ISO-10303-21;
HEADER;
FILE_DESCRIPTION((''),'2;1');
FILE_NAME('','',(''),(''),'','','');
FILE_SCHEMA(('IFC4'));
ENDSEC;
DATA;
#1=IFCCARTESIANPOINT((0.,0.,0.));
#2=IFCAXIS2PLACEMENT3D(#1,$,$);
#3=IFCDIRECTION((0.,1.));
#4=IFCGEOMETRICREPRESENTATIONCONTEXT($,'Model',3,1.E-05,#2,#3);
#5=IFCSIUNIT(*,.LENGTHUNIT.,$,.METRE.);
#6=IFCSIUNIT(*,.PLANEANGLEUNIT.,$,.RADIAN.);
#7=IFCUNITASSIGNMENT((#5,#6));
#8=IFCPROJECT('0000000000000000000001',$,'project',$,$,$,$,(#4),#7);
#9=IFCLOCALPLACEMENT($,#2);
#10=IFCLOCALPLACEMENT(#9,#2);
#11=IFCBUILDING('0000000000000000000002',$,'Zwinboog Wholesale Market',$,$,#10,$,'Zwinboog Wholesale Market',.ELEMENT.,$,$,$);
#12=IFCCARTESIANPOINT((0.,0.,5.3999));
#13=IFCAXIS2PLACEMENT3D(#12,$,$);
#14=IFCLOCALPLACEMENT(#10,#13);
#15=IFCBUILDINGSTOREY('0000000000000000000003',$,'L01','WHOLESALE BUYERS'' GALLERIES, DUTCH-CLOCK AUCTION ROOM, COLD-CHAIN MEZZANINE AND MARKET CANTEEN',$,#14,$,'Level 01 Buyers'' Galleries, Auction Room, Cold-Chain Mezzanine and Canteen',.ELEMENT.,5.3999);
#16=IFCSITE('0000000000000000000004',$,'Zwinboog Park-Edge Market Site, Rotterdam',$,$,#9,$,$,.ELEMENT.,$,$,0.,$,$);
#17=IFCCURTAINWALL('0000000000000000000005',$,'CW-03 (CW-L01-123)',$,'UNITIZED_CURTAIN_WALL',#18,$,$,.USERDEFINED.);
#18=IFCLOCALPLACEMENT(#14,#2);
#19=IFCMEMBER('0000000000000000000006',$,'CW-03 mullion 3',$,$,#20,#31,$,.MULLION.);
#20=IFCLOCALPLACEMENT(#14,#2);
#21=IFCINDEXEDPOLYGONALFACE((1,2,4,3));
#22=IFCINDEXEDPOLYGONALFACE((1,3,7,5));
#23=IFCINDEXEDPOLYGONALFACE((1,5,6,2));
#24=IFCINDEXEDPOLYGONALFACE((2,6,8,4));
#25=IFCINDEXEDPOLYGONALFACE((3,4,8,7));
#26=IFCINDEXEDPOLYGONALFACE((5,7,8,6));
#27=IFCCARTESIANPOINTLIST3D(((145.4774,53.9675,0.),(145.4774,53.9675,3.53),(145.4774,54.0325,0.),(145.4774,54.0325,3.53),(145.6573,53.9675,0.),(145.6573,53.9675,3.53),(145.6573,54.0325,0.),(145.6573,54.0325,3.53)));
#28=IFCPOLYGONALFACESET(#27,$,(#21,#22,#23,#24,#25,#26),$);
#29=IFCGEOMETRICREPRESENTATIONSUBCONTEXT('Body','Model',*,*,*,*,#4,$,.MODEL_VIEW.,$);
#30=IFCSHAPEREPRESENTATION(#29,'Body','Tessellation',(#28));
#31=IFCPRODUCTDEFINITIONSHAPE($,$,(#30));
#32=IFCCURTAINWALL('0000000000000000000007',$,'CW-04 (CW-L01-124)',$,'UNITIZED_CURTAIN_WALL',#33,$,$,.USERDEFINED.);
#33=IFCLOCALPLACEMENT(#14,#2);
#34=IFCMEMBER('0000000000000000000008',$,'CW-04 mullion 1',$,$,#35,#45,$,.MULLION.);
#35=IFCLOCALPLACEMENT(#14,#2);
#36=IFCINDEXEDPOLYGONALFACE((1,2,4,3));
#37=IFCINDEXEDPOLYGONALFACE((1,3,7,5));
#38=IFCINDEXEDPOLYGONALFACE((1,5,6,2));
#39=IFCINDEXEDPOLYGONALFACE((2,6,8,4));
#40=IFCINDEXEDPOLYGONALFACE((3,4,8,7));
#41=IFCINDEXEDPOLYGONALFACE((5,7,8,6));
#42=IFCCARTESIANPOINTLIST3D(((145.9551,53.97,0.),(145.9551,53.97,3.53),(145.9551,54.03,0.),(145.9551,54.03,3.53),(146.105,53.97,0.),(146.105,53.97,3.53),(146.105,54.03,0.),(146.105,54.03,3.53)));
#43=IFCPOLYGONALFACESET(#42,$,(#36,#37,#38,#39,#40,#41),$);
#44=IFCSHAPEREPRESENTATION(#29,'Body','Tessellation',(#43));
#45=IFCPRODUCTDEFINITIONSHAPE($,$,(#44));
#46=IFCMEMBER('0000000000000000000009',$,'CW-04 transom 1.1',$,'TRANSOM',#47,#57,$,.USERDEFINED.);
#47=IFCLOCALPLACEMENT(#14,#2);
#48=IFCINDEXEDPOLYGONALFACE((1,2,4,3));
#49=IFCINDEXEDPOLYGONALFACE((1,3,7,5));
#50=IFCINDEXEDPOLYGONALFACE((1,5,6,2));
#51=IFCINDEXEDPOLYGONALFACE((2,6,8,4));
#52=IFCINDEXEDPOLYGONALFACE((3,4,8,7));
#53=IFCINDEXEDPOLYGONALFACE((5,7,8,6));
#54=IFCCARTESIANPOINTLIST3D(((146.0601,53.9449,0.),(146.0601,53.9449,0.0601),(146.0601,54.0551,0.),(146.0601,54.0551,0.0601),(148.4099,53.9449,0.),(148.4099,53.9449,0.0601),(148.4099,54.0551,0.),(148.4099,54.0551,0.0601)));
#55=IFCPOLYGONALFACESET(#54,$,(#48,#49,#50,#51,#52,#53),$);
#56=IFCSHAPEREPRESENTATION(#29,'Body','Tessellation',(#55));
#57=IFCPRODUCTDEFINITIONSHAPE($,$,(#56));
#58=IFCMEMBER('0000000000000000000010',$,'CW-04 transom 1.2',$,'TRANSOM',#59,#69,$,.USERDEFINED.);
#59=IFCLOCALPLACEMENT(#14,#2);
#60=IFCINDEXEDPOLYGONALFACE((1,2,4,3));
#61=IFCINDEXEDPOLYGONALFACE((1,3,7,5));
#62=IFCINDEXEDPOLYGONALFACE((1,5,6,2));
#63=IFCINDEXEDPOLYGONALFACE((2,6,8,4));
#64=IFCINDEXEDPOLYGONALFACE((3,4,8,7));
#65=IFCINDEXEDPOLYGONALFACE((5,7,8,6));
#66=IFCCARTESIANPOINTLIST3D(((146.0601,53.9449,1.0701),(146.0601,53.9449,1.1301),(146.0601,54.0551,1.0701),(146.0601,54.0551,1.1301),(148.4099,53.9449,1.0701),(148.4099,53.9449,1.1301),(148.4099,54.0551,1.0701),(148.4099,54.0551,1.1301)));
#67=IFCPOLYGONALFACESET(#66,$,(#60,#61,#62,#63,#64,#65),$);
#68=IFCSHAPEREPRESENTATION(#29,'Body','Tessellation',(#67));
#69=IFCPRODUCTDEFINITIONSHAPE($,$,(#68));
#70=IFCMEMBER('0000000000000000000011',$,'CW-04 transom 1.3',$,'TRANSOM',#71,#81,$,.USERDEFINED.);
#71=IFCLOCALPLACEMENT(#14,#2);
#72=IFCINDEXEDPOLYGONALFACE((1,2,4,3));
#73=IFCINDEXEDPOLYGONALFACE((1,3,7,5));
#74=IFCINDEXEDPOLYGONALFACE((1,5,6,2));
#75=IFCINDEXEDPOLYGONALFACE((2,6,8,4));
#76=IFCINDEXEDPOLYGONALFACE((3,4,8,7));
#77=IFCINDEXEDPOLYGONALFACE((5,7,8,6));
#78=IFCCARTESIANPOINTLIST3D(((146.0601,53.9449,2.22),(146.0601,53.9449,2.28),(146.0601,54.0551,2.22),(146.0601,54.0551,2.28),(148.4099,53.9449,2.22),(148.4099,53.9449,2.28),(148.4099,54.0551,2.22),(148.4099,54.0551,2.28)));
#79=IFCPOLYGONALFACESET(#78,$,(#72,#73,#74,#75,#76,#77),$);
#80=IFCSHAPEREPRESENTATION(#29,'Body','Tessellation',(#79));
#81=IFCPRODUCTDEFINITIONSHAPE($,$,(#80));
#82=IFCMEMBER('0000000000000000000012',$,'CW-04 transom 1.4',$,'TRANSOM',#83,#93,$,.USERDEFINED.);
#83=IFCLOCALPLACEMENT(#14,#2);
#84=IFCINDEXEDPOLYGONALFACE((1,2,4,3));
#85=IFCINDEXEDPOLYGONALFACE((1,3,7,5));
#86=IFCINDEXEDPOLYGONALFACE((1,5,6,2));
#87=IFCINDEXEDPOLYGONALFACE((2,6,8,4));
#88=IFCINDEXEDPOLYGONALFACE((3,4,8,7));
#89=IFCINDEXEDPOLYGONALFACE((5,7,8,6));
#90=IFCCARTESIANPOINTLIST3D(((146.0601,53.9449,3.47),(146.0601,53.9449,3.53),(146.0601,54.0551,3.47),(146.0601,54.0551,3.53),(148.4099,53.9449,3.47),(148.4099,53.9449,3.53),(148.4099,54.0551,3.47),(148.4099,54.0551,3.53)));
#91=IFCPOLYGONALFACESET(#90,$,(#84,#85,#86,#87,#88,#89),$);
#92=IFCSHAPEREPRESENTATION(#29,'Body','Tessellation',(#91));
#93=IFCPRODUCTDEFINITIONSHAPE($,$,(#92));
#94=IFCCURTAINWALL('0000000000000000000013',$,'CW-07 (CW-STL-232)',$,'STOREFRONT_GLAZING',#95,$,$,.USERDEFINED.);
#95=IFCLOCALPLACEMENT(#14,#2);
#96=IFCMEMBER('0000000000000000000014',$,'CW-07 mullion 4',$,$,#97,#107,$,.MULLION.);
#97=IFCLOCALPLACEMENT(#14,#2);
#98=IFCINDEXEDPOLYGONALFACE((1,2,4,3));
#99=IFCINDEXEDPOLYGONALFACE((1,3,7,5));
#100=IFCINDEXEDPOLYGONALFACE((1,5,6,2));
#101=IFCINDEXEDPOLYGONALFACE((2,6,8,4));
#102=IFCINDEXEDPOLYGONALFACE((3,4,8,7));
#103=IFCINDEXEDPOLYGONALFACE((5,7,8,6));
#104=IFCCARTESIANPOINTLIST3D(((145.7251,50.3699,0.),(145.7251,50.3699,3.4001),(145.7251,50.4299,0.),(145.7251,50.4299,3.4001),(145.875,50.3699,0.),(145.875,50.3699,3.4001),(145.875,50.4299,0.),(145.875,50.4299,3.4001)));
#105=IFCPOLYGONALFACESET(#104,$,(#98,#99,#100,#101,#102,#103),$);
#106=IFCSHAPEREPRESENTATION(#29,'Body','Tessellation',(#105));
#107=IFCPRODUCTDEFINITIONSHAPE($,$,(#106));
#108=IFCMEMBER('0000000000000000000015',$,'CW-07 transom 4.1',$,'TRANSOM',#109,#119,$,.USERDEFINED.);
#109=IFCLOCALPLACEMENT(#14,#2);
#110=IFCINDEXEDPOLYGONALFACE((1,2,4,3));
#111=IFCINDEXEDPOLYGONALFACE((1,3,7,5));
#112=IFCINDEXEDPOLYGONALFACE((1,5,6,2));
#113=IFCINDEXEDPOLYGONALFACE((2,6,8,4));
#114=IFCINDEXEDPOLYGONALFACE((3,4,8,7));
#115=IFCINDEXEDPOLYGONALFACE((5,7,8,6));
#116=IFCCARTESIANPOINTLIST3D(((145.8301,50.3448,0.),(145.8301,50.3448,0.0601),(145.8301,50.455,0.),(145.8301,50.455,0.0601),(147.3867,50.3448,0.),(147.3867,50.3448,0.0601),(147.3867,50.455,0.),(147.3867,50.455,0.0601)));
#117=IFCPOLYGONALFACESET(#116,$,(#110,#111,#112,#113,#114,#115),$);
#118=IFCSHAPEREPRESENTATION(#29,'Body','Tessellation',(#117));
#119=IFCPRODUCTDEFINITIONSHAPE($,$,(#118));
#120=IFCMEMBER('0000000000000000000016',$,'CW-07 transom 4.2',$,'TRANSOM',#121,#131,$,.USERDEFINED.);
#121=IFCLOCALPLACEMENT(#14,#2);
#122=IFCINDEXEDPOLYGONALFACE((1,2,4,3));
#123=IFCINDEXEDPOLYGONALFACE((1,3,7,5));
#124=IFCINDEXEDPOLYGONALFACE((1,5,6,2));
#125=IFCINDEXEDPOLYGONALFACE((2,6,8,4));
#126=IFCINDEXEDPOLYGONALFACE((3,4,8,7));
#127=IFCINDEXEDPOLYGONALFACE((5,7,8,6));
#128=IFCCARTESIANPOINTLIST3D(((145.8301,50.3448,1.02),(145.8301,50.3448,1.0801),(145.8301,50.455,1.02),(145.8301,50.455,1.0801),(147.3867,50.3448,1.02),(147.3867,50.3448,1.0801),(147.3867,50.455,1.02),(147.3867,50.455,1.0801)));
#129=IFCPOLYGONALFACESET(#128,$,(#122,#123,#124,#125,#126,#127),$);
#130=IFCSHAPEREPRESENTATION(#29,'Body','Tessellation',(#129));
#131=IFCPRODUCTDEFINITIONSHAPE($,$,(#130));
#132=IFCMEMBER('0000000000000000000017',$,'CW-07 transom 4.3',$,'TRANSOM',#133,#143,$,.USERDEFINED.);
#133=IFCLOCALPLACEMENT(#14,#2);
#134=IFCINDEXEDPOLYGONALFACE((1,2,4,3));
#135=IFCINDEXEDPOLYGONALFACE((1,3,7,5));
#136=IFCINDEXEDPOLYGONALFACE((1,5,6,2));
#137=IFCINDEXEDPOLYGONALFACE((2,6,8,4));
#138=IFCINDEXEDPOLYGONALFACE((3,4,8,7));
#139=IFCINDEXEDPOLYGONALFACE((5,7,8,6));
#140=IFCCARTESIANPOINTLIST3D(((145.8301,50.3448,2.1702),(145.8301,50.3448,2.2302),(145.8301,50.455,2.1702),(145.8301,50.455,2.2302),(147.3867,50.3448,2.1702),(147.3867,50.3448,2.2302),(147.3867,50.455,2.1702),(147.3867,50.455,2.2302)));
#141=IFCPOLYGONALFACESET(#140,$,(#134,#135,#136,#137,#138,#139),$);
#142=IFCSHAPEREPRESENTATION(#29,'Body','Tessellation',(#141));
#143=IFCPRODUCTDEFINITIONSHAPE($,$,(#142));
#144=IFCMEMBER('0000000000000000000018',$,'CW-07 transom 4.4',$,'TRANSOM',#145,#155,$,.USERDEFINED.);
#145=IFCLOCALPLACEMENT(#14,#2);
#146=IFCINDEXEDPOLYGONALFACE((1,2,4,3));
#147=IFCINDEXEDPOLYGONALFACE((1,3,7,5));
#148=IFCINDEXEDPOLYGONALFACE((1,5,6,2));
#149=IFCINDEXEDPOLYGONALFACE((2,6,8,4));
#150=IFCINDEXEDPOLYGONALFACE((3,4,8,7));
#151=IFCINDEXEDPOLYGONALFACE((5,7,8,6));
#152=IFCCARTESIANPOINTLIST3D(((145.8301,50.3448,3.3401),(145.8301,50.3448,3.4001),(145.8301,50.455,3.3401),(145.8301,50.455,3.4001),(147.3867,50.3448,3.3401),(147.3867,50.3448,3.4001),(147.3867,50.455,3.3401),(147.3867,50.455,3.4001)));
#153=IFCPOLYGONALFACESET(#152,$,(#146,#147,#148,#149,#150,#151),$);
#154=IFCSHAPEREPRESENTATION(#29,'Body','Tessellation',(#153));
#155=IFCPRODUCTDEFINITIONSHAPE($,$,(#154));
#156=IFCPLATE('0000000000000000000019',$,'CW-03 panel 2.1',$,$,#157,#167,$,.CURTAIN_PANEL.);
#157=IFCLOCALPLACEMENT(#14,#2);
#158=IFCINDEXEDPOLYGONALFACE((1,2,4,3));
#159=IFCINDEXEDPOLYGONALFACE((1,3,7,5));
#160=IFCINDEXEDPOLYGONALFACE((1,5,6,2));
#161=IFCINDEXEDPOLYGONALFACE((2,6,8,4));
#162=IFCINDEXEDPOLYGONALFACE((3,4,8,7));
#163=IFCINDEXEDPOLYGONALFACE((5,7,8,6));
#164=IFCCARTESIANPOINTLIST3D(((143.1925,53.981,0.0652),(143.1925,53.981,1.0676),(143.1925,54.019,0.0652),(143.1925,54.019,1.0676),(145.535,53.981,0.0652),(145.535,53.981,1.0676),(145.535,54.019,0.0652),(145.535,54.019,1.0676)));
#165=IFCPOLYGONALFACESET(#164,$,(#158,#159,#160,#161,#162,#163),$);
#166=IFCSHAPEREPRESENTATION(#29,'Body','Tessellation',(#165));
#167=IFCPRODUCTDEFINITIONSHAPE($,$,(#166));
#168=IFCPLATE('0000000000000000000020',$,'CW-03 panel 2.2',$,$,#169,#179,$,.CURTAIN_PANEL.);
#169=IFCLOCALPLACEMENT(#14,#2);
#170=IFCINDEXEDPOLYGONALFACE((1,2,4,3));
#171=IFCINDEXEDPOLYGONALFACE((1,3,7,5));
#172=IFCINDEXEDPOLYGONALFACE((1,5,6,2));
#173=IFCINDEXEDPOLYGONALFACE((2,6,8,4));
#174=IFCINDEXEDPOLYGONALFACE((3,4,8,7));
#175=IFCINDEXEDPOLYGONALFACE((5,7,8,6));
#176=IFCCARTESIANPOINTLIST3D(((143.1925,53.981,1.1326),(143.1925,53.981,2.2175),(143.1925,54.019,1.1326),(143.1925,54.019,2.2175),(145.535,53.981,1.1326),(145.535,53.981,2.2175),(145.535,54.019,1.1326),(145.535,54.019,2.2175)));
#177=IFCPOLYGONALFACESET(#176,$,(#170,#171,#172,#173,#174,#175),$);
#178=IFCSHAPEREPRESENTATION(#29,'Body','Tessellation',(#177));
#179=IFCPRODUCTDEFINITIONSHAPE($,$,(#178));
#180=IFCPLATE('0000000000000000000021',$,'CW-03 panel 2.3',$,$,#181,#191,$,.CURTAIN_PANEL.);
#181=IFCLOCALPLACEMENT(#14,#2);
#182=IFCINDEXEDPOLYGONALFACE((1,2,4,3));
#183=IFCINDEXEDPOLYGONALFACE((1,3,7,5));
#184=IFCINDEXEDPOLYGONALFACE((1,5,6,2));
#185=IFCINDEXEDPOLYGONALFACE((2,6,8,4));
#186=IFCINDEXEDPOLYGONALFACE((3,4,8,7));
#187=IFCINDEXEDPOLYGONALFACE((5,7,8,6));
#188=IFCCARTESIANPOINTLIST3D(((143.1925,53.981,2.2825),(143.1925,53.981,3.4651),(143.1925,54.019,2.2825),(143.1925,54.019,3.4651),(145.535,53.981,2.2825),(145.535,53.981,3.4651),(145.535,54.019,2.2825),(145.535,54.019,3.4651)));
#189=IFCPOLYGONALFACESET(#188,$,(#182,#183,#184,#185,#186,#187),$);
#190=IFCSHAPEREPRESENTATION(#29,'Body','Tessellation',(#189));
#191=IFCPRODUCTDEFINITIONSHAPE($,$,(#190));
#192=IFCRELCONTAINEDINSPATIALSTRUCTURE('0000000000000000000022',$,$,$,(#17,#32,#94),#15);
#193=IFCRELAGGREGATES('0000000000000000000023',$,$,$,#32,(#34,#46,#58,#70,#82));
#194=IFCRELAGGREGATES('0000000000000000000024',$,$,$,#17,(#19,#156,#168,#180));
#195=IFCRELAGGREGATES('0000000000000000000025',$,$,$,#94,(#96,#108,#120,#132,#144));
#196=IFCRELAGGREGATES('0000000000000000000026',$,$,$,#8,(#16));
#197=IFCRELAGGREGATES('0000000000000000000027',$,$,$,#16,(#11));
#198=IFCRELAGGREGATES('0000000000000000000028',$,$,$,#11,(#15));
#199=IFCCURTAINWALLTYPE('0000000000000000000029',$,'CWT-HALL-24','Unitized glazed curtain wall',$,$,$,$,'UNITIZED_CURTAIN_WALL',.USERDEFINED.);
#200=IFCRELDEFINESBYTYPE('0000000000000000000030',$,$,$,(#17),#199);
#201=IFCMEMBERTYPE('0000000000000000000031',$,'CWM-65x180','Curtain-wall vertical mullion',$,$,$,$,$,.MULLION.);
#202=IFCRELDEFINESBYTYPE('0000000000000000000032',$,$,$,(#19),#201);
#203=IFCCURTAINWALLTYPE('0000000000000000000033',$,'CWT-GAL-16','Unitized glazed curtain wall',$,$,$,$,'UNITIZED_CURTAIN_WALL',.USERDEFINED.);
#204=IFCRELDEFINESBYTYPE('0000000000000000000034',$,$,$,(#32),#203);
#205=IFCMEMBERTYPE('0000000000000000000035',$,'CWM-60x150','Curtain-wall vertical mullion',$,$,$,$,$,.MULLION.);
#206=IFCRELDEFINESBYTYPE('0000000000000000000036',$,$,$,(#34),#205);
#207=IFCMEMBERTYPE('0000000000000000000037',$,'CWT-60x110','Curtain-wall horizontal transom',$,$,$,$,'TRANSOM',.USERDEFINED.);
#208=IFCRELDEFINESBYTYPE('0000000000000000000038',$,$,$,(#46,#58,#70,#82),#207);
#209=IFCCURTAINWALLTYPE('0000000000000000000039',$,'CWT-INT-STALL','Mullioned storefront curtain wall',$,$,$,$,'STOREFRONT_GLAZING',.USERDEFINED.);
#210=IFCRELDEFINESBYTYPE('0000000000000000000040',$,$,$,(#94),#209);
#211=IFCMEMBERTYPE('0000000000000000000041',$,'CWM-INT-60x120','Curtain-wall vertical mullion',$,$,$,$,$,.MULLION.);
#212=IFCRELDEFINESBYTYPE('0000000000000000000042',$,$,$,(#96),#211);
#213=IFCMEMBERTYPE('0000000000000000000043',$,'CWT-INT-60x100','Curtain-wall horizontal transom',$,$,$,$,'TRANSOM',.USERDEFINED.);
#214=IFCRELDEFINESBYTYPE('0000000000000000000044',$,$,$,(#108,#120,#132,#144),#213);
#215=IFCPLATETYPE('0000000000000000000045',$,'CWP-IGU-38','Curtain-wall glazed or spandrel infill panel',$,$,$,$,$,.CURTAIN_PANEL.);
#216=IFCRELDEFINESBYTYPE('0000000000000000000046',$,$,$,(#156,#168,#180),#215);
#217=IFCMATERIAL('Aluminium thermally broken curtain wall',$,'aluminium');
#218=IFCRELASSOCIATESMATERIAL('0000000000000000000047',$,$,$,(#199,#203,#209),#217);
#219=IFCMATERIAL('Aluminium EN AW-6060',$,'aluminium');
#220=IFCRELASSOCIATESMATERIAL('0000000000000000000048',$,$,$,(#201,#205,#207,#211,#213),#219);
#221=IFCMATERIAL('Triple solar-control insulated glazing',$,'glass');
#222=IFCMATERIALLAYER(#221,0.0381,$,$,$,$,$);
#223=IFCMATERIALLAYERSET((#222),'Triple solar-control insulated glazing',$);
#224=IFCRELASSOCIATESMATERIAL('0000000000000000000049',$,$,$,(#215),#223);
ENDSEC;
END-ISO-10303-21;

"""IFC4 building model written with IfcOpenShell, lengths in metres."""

from ifc_helpers import new_model, si_unit, direction, frame, origin, origin_2d, place, context, subcontext, project, spatial, rectangle, extrude, material, layer, layer_set, material_profile, profile_set, type_object, element, aggregate, save


model = new_model("IFC4")

# Units and contexts
model_context = context("Model", 3, precision=1e-05, world=origin(), true_north=direction((0.0, 1.0)))
body_context = subcontext(model_context, "Body", "Model", "MODEL_VIEW")
ifc_project = project(units=[si_unit("LENGTHUNIT", "METRE"), si_unit("PLANEANGLEUNIT", "RADIAN")], contexts=[model_context])

# Site, building, storey
site_placement = place(None, origin())
site = spatial("IfcSite", under=ifc_project, at=site_placement, Name="Zwinboog Park-Edge Market Site, Rotterdam", CompositionType="ELEMENT", RefElevation=0.0)
building_placement = place(site_placement, origin())
building = spatial("IfcBuilding", under=site, at=building_placement, Name="Zwinboog Wholesale Market", LongName="Zwinboog Wholesale Market", CompositionType="ELEMENT")
storey_placement = place(building_placement, frame((0.0, 0.0, 5.3999)))
storey = spatial("IfcBuildingStorey", under=building, at=storey_placement, Name="L01", Description="WHOLESALE BUYERS' GALLERIES, DUTCH-CLOCK AUCTION ROOM, COLD-CHAIN MEZZANINE AND MARKET CANTEEN", LongName="Level 01 Buyers' Galleries, Auction Room, Cold-Chain Mezzanine and Canteen", CompositionType="ELEMENT", Elevation=5.3999)

# Curtain wall, member
ifc_material_1 = material(Name="Aluminium thermally broken curtain wall", Category="aluminium")
curtain_wall_type_1 = type_object("IfcCurtainWallType", Name="CWT-HALL-24", Description="Unitized glazed curtain wall", ElementType="UNITIZED_CURTAIN_WALL", PredefinedType="USERDEFINED", material=ifc_material_1)
curtain_wall_1_placement = place(storey_placement, origin())
curtain_wall_1 = element("IfcCurtainWall", 1, at=curtain_wall_1_placement, inside=storey, type_object=curtain_wall_type_1, Name="CW-03 (CW-L01-123)", ObjectType="UNITIZED_CURTAIN_WALL", PredefinedType="USERDEFINED")
ifc_material_2 = material(Name="Aluminium EN AW-6060", Category="aluminium")
ifc_material_profile_1 = material_profile(ifc_material_2, rectangle(XDim=0.0649, YDim=0.1799, at=origin_2d()), Name="AL 65x180")
ifc_profile_set_1 = profile_set([ifc_material_profile_1], Name="Aluminium EN AW-6060")
member_type_1 = type_object("IfcMemberType", Name="CWM-65x180", Description="Curtain-wall vertical mullion", PredefinedType="MULLION", material=ifc_profile_set_1)
member_1_placement = place(storey_placement, frame((145.5674, 54.0, 0.0), z_axis=(0.0, 0.0, 1.0), x_axis=(0.0, 1.0, 0.0)))
member_1 = element("IfcMember", 2, at=member_1_placement, type_object=member_type_1, Name="CW-03 mullion 3", PredefinedType="MULLION", context=body_context, shape_type="SweptSolid", body=[
    extrude(rectangle(XDim=0.0649, YDim=0.1799, at=origin_2d()), origin(), (0.0, 0.0, 1.0), 3.53),
])

# Curtain walls, members
curtain_wall_type_2 = type_object("IfcCurtainWallType", Name="CWT-GAL-16", Description="Unitized glazed curtain wall", ElementType="UNITIZED_CURTAIN_WALL", PredefinedType="USERDEFINED", material=ifc_material_1)
curtain_wall_2_placement = place(storey_placement, origin())
curtain_wall_2 = element("IfcCurtainWall", 3, at=curtain_wall_2_placement, inside=storey, type_object=curtain_wall_type_2, Name="CW-04 (CW-L01-124)", ObjectType="UNITIZED_CURTAIN_WALL", PredefinedType="USERDEFINED")
ifc_material_profile_2 = material_profile(ifc_material_2, rectangle(XDim=0.0601, YDim=0.1499, at=origin_2d()), Name="AL 60x150")
ifc_profile_set_2 = profile_set([ifc_material_profile_2], Name="Aluminium EN AW-6060")
member_type_2 = type_object("IfcMemberType", Name="CWM-60x150", Description="Curtain-wall vertical mullion", PredefinedType="MULLION", material=ifc_profile_set_2)
member_2_placement = place(storey_placement, frame((146.03, 54.0, 0.0), z_axis=(0.0, 0.0, 1.0), x_axis=(0.0, 1.0, 0.0)))
member_2 = element("IfcMember", 4, at=member_2_placement, type_object=member_type_2, Name="CW-04 mullion 1", PredefinedType="MULLION", context=body_context, shape_type="SweptSolid", body=[
    extrude(rectangle(XDim=0.0601, YDim=0.1499, at=origin_2d()), origin(), (0.0, 0.0, 1.0), 3.53),
])
ifc_material_profile_3 = material_profile(ifc_material_2, rectangle(XDim=0.1101, YDim=0.0601, at=origin_2d()), Name="AL 60x110")
ifc_profile_set_3 = profile_set([ifc_material_profile_3], Name="Aluminium EN AW-6060")
member_type_3 = type_object("IfcMemberType", Name="CWT-60x110", Description="Curtain-wall horizontal transom", ElementType="TRANSOM", PredefinedType="USERDEFINED", material=ifc_profile_set_3)
member_3_placement = place(storey_placement, frame((146.0601, 54.0, 0.03), z_axis=(1.0, 0.0, 0.0), x_axis=(0.0, 1.0, 0.0)))
member_3 = element("IfcMember", 5, at=member_3_placement, type_object=member_type_3, Name="CW-04 transom 1.1", ObjectType="TRANSOM", PredefinedType="USERDEFINED", context=body_context, shape_type="SweptSolid", body=[
    extrude(rectangle(XDim=0.1101, YDim=0.0601, at=origin_2d()), origin(), (0.0, 0.0, 1.0), 2.3499),
])
member_4_placement = place(storey_placement, frame((146.0601, 54.0, 1.1001), z_axis=(1.0, 0.0, 0.0), x_axis=(0.0, 1.0, 0.0)))
member_4 = element("IfcMember", 6, at=member_4_placement, type_object=member_type_3, Name="CW-04 transom 1.2", ObjectType="TRANSOM", PredefinedType="USERDEFINED", context=body_context, shape_type="SweptSolid", body=[
    extrude(rectangle(XDim=0.1101, YDim=0.0601, at=origin_2d()), origin(), (0.0, 0.0, 1.0), 2.3499),
])
member_5_placement = place(storey_placement, frame((146.0601, 54.0, 2.25), z_axis=(1.0, 0.0, 0.0), x_axis=(0.0, 1.0, 0.0)))
member_5 = element("IfcMember", 7, at=member_5_placement, type_object=member_type_3, Name="CW-04 transom 1.3", ObjectType="TRANSOM", PredefinedType="USERDEFINED", context=body_context, shape_type="SweptSolid", body=[
    extrude(rectangle(XDim=0.1101, YDim=0.0601, at=origin_2d()), origin(), (0.0, 0.0, 1.0), 2.3499),
])
member_6_placement = place(storey_placement, frame((146.0601, 54.0, 3.5), z_axis=(1.0, 0.0, 0.0), x_axis=(0.0, 1.0, 0.0)))
member_6 = element("IfcMember", 8, at=member_6_placement, type_object=member_type_3, Name="CW-04 transom 1.4", ObjectType="TRANSOM", PredefinedType="USERDEFINED", context=body_context, shape_type="SweptSolid", body=[
    extrude(rectangle(XDim=0.1101, YDim=0.0601, at=origin_2d()), origin(), (0.0, 0.0, 1.0), 2.3499),
])
aggregate(curtain_wall_2, [member_2, member_3, member_4, member_5, member_6])
curtain_wall_type_3 = type_object("IfcCurtainWallType", Name="CWT-INT-STALL", Description="Mullioned storefront curtain wall", ElementType="STOREFRONT_GLAZING", PredefinedType="USERDEFINED", material=ifc_material_1)
curtain_wall_3_placement = place(storey_placement, origin())
curtain_wall_3 = element("IfcCurtainWall", 9, at=curtain_wall_3_placement, inside=storey, type_object=curtain_wall_type_3, Name="CW-07 (CW-STL-232)", ObjectType="STOREFRONT_GLAZING", PredefinedType="USERDEFINED")
ifc_material_profile_4 = material_profile(ifc_material_2, rectangle(XDim=0.0601, YDim=0.1499, at=origin_2d()), Name="AL 60x150")
ifc_profile_set_4 = profile_set([ifc_material_profile_4], Name="Aluminium EN AW-6060")
member_type_4 = type_object("IfcMemberType", Name="CWM-INT-60x120", Description="Curtain-wall vertical mullion", PredefinedType="MULLION", material=ifc_profile_set_4)
member_7_placement = place(storey_placement, frame((145.8, 50.3999, 0.0), z_axis=(0.0, 0.0, 1.0), x_axis=(0.0, 1.0, 0.0)))
member_7 = element("IfcMember", 10, at=member_7_placement, type_object=member_type_4, Name="CW-07 mullion 4", PredefinedType="MULLION", context=body_context, shape_type="SweptSolid", body=[
    extrude(rectangle(XDim=0.0601, YDim=0.1499, at=origin_2d()), origin(), (0.0, 0.0, 1.0), 3.4001),
])
ifc_material_profile_5 = material_profile(ifc_material_2, rectangle(XDim=0.1101, YDim=0.0601, at=origin_2d()), Name="AL 60x110")
ifc_profile_set_5 = profile_set([ifc_material_profile_5], Name="Aluminium EN AW-6060")
member_type_5 = type_object("IfcMemberType", Name="CWT-INT-60x100", Description="Curtain-wall horizontal transom", ElementType="TRANSOM", PredefinedType="USERDEFINED", material=ifc_profile_set_5)
member_8_placement = place(storey_placement, frame((145.8301, 50.3999, 0.03), z_axis=(1.0, 0.0, 0.0), x_axis=(0.0, 1.0, 0.0)))
member_8 = element("IfcMember", 11, at=member_8_placement, type_object=member_type_5, Name="CW-07 transom 4.1", ObjectType="TRANSOM", PredefinedType="USERDEFINED", context=body_context, shape_type="SweptSolid", body=[
    extrude(rectangle(XDim=0.1101, YDim=0.0601, at=origin_2d()), origin(), (0.0, 0.0, 1.0), 1.5566),
])
member_9_placement = place(storey_placement, frame((145.8301, 50.3999, 1.05), z_axis=(1.0, 0.0, 0.0), x_axis=(0.0, 1.0, 0.0)))
member_9 = element("IfcMember", 12, at=member_9_placement, type_object=member_type_5, Name="CW-07 transom 4.2", ObjectType="TRANSOM", PredefinedType="USERDEFINED", context=body_context, shape_type="SweptSolid", body=[
    extrude(rectangle(XDim=0.1101, YDim=0.0601, at=origin_2d()), origin(), (0.0, 0.0, 1.0), 1.5566),
])
member_10_placement = place(storey_placement, frame((145.8301, 50.3999, 2.2002), z_axis=(1.0, 0.0, 0.0), x_axis=(0.0, 1.0, 0.0)))
member_10 = element("IfcMember", 13, at=member_10_placement, type_object=member_type_5, Name="CW-07 transom 4.3", ObjectType="TRANSOM", PredefinedType="USERDEFINED", context=body_context, shape_type="SweptSolid", body=[
    extrude(rectangle(XDim=0.1101, YDim=0.0601, at=origin_2d()), origin(), (0.0, 0.0, 1.0), 1.5566),
])
member_11_placement = place(storey_placement, frame((145.8301, 50.3999, 3.3701), z_axis=(1.0, 0.0, 0.0), x_axis=(0.0, 1.0, 0.0)))
member_11 = element("IfcMember", 14, at=member_11_placement, type_object=member_type_5, Name="CW-07 transom 4.4", ObjectType="TRANSOM", PredefinedType="USERDEFINED", context=body_context, shape_type="SweptSolid", body=[
    extrude(rectangle(XDim=0.1101, YDim=0.0601, at=origin_2d()), origin(), (0.0, 0.0, 1.0), 1.5566),
])

# Plates
ifc_material_3 = material(Name="Triple solar-control insulated glazing", Category="glass")
ifc_layer_1 = layer(ifc_material_3, 0.0381)
ifc_layer_set_1 = layer_set([ifc_layer_1], Name="Triple solar-control insulated glazing")
plate_type_1 = type_object("IfcPlateType", Name="CWP-IGU-38", Description="Curtain-wall glazed or spandrel infill panel", PredefinedType="CURTAIN_PANEL", material=ifc_layer_set_1)
plate_1_placement = place(storey_placement, frame((144.3638, 54.0, 0.0652), z_axis=(0.0, 0.0, 1.0), x_axis=(1.0, 0.0, 0.0)))
plate_1 = element("IfcPlate", 15, at=plate_1_placement, type_object=plate_type_1, Name="CW-03 panel 2.1", PredefinedType="CURTAIN_PANEL", context=body_context, shape_type="SweptSolid", body=[
    extrude(rectangle(XDim=2.3425, YDim=0.0381, at=origin_2d()), origin(), (0.0, 0.0, 1.0), 1.0024),
])
plate_2_placement = place(storey_placement, frame((144.3638, 54.0, 1.1326), z_axis=(0.0, 0.0, 1.0), x_axis=(1.0, 0.0, 0.0)))
plate_2 = element("IfcPlate", 16, at=plate_2_placement, type_object=plate_type_1, Name="CW-03 panel 2.2", PredefinedType="CURTAIN_PANEL", context=body_context, shape_type="SweptSolid", body=[
    extrude(rectangle(XDim=2.3425, YDim=0.0381, at=origin_2d()), origin(), (0.0, 0.0, 1.0), 1.085),
])
plate_3_placement = place(storey_placement, frame((144.3638, 54.0, 2.2825), z_axis=(0.0, 0.0, 1.0), x_axis=(1.0, 0.0, 0.0)))
plate_3 = element("IfcPlate", 17, at=plate_3_placement, type_object=plate_type_1, Name="CW-03 panel 2.3", PredefinedType="CURTAIN_PANEL", context=body_context, shape_type="SweptSolid", body=[
    extrude(rectangle(XDim=2.3425, YDim=0.0381, at=origin_2d()), origin(), (0.0, 0.0, 1.0), 1.1826),
])
aggregate(curtain_wall_1, [member_1, plate_1, plate_2, plate_3])
aggregate(curtain_wall_3, [member_7, member_8, member_9, member_10, member_11])

save(model, "model.ifc")
